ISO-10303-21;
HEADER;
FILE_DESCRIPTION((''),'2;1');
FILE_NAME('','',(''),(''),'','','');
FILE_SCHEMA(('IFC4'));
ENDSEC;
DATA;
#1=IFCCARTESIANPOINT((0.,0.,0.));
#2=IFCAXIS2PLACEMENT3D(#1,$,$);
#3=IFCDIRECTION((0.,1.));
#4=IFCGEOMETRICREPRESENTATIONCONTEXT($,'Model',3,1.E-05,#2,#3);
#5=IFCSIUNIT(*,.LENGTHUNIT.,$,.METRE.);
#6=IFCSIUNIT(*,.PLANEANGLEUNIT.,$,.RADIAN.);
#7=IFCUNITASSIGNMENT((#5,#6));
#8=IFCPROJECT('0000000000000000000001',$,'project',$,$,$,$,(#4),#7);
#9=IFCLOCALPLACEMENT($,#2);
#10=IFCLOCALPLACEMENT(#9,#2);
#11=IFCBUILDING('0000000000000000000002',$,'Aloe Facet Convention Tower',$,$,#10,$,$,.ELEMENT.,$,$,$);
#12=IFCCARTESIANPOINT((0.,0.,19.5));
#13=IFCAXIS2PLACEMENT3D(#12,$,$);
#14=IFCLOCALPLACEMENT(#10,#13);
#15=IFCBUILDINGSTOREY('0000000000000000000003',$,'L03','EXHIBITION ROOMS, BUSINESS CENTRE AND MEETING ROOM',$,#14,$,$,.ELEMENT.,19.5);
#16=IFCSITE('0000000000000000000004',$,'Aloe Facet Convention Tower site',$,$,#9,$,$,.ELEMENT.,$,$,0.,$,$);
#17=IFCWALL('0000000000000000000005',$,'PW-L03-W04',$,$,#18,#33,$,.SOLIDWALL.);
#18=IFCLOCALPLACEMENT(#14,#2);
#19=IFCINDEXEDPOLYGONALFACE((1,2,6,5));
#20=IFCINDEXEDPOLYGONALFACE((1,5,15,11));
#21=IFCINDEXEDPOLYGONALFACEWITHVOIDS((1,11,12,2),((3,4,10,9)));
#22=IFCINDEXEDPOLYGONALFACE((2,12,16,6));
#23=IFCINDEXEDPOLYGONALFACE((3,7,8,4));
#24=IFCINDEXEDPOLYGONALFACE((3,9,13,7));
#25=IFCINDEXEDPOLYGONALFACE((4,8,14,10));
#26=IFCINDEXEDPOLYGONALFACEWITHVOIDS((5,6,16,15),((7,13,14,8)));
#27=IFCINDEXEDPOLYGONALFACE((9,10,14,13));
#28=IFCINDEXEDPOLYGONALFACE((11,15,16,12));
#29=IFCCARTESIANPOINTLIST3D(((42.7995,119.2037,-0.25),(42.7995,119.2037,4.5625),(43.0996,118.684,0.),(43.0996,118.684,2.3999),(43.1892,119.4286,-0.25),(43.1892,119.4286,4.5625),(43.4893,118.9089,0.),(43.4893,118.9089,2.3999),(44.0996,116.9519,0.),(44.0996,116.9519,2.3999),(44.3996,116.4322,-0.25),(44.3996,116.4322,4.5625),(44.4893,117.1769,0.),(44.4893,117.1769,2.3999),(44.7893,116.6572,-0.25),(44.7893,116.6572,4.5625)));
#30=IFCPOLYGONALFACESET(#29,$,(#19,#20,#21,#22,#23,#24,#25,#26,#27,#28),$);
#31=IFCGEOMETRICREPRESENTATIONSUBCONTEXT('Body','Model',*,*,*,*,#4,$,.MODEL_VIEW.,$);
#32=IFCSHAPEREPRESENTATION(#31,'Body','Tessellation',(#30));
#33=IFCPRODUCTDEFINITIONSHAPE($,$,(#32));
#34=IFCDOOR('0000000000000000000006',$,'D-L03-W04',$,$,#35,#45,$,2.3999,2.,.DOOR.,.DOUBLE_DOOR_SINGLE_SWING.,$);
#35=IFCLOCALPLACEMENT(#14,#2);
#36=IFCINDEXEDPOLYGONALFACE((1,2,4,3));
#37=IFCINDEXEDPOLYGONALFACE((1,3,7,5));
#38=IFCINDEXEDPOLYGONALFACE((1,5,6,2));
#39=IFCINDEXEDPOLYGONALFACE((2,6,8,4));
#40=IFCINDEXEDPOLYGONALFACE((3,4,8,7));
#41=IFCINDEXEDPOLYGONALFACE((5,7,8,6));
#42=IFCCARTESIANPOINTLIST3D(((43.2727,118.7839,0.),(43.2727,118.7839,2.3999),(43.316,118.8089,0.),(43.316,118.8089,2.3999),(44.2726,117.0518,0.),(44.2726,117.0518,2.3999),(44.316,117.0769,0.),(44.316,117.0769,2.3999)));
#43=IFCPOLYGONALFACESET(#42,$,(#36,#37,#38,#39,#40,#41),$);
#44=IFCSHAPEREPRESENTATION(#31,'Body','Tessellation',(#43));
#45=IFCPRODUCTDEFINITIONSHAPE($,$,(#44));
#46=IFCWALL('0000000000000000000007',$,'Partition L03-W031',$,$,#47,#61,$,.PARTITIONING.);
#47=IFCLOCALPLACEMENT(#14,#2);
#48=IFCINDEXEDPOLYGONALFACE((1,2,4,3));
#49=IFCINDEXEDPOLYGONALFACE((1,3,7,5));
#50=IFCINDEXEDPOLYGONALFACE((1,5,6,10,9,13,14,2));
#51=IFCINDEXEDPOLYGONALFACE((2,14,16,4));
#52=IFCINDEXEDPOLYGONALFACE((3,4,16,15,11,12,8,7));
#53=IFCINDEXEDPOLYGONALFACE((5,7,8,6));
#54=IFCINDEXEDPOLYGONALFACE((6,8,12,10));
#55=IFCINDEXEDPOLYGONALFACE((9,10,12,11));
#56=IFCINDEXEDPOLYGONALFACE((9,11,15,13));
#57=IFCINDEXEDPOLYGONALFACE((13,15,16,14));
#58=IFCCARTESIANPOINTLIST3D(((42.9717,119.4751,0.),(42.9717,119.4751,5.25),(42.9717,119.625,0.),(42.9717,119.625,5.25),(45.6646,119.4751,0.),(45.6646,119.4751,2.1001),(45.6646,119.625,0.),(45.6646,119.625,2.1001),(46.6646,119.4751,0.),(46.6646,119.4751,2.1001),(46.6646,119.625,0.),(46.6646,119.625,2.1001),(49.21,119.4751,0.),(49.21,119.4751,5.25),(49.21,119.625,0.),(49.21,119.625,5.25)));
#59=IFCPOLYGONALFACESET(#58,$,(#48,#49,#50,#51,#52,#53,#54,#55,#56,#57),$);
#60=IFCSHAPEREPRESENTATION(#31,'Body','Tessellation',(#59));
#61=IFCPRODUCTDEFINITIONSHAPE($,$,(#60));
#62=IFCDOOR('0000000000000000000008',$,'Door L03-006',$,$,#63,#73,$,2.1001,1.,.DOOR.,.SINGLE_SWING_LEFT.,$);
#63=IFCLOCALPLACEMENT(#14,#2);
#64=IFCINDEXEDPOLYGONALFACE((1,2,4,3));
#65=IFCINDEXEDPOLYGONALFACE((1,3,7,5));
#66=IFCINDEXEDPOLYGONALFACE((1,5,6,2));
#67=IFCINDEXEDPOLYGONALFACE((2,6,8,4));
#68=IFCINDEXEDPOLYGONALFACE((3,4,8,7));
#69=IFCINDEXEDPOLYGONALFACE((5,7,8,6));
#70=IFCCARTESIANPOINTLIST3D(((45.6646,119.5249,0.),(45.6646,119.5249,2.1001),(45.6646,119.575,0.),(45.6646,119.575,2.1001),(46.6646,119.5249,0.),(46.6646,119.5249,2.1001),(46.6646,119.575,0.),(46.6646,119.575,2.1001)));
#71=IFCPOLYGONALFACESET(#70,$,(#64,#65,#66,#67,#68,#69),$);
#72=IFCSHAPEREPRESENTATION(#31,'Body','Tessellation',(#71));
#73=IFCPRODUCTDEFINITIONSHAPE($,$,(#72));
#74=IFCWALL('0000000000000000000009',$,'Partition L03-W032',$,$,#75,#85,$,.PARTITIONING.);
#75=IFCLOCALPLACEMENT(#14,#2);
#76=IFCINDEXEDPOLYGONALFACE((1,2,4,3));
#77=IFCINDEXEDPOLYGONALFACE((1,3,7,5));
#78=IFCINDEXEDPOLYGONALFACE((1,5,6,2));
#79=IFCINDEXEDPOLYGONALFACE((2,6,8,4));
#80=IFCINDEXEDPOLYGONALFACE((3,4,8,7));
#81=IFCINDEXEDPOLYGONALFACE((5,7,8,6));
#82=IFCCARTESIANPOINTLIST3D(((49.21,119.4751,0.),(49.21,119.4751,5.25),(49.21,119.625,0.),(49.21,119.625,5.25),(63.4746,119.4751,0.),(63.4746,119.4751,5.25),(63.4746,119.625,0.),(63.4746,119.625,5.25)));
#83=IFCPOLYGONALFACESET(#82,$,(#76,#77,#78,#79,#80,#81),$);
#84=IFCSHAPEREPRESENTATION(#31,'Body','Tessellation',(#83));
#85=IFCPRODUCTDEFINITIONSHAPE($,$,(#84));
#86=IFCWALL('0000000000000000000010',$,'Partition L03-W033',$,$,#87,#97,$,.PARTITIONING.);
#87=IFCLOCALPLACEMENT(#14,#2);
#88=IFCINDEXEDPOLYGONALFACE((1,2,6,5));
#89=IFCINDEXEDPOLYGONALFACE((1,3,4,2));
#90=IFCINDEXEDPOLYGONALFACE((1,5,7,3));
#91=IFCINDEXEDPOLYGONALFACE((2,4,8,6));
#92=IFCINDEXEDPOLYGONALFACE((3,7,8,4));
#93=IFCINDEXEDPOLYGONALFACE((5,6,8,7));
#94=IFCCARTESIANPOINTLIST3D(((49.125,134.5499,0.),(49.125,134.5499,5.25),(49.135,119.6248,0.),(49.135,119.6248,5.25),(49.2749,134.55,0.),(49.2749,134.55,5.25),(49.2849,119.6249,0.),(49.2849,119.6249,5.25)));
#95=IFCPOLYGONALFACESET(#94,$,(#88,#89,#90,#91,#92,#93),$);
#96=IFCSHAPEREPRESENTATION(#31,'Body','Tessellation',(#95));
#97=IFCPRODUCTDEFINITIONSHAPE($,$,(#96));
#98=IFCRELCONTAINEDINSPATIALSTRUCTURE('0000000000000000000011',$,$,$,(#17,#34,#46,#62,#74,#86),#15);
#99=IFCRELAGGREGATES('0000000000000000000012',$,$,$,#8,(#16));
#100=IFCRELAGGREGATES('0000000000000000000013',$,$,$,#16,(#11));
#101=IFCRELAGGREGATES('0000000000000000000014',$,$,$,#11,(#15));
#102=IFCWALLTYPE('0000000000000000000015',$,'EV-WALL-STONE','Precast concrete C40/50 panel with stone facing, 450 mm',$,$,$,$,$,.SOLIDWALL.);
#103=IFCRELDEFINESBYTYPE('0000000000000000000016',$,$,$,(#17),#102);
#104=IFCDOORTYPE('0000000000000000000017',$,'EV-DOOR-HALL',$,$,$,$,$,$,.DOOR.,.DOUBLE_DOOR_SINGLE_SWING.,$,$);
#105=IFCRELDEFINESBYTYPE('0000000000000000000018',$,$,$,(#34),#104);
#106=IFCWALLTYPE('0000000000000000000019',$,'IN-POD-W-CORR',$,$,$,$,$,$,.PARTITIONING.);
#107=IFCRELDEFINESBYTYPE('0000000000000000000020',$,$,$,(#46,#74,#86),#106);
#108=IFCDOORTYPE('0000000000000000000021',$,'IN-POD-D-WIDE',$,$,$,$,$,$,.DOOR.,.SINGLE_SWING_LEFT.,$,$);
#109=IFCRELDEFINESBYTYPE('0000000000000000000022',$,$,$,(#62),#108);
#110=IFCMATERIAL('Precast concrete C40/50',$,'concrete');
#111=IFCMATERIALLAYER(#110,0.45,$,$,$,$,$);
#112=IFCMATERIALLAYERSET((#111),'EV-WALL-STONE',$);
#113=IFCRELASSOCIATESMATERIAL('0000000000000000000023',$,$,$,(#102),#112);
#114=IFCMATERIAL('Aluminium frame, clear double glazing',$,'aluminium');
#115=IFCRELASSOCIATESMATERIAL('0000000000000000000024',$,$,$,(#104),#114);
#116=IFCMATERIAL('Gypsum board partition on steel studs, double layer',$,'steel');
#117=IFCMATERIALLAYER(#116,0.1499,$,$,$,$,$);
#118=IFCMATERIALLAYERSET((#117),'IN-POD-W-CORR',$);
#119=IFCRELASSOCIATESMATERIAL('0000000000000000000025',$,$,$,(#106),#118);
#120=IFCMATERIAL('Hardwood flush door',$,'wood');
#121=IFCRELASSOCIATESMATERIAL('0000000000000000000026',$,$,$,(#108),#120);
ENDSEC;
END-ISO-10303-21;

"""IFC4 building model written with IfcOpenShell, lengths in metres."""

from ifc_helpers import new_model, si_unit, direction, frame, frame_2d, origin, place, context, subcontext, project, spatial, rectangle, extrude, material, layer, layer_set, type_object, element, fill, save


model = new_model("IFC4")

# Units and contexts
model_context = context("Model", 3, precision=1e-05, world=origin(), true_north=direction((0.0, 1.0)))
body_context = subcontext(model_context, "Body", "Model", "MODEL_VIEW")
ifc_project = project(units=[si_unit("LENGTHUNIT", "METRE"), si_unit("PLANEANGLEUNIT", "RADIAN")], contexts=[model_context])

# Site, building, storey
site_placement = place(None, origin())
site = spatial("IfcSite", under=ifc_project, at=site_placement, Name="Aloe Facet Convention Tower site", CompositionType="ELEMENT", RefElevation=0.0)
building_placement = place(site_placement, origin())
building = spatial("IfcBuilding", under=site, at=building_placement, Name="Aloe Facet Convention Tower", CompositionType="ELEMENT")
storey_placement = place(building_placement, frame((0.0, 0.0, 19.5)))
storey = spatial("IfcBuildingStorey", under=building, at=storey_placement, Name="L03", Description="EXHIBITION ROOMS, BUSINESS CENTRE AND MEETING ROOM", CompositionType="ELEMENT", Elevation=19.5)

# Shared definitions
ifc_material_1 = material(Name="Precast concrete C40/50", Category="concrete")
ifc_layer_1 = layer(ifc_material_1, 0.45)
ifc_layer_set_1 = layer_set([ifc_layer_1], Name="EV-WALL-STONE")
wall_type_1 = type_object("IfcWallType", Name="EV-WALL-STONE", Description="Precast concrete C40/50 panel with stone facing, 450 mm", PredefinedType="SOLIDWALL", material=ifc_layer_set_1)

# Walls, openings, doors
wall_1_placement = place(storey_placement, frame((42.9944, 119.3162, -0.25), z_axis=(0.0, 0.0, 1.0), x_axis=(0.499995, -0.866028, 0.0)))
wall_1 = element("IfcWall", 1, at=wall_1_placement, inside=storey, type_object=wall_type_1, Name="PW-L03-W04", PredefinedType="SOLIDWALL", context=body_context, shape_type="SweptSolid", body=[
    extrude(rectangle(XDim=3.2002, YDim=0.45, at=frame_2d((1.6001, 0.0))), origin(), (0.0, 0.0, 1.0), 4.8125),
])
opening_1_placement = place(wall_1_placement, frame((0.6001, 0.0, 0.25)))
opening_1 = element("IfcOpeningElement", 2, at=opening_1_placement, cuts=wall_1, PredefinedType="OPENING", context=body_context, shape_type="SweptSolid", body=[
    extrude(rectangle(XDim=2.0, YDim=2.3999, at=frame_2d((1.0, 1.2))), frame((0.0, 0.2349, 0.0), z_axis=(0.0, -1.0, 0.0), x_axis=(1.0, 0.0, 0.0)), (0.0, 0.0, 1.0), 0.47),
])
ifc_material_2 = material(Name="Aluminium frame, clear double glazing", Category="aluminium")
door_type_1 = type_object("IfcDoorType", Name="EV-DOOR-HALL", OperationType="DOUBLE_DOOR_SINGLE_SWING", PredefinedType="DOOR", material=ifc_material_2)
door_1_placement = place(opening_1_placement, origin())
door_1 = element("IfcDoor", 3, at=door_1_placement, inside=storey, type_object=door_type_1, Name="D-L03-W04", OperationType="DOUBLE_DOOR_SINGLE_SWING", OverallHeight=2.3999, OverallWidth=2.0, PredefinedType="DOOR", context=body_context, shape_type="SweptSolid", body=[
    extrude(rectangle(XDim=2.0, YDim=2.3999, at=frame_2d((1.0, 1.2))), frame((0.0, 0.0249, 0.0), z_axis=(0.0, -1.0, 0.0), x_axis=(1.0, 0.0, 0.0)), (0.0, 0.0, 1.0), 0.05),
])
fill(opening_1, door_1)
ifc_material_3 = material(Name="Gypsum board partition on steel studs, double layer", Category="steel")
ifc_layer_2 = layer(ifc_material_3, 0.1499)
ifc_layer_set_2 = layer_set([ifc_layer_2], Name="IN-POD-W-CORR")
wall_type_2 = type_object("IfcWallType", Name="IN-POD-W-CORR", PredefinedType="PARTITIONING", material=ifc_layer_set_2)
wall_2_placement = place(storey_placement, frame((42.9717, 119.55, 0.0), z_axis=(0.0, 0.0, 1.0), x_axis=(1.0, 0.0, 0.0)))
wall_2 = element("IfcWall", 4, at=wall_2_placement, inside=storey, type_object=wall_type_2, Name="Partition L03-W031", PredefinedType="PARTITIONING", context=body_context, shape_type="SweptSolid", body=[
    extrude(rectangle(XDim=6.2383, YDim=0.1499, at=frame_2d((3.1191, 0.0))), origin(), (0.0, 0.0, 1.0), 5.25),
])
opening_2_placement = place(wall_2_placement, frame((2.6929, 0.0, 0.0)))
opening_2 = element("IfcOpeningElement", 5, at=opening_2_placement, cuts=wall_2, PredefinedType="OPENING", context=body_context, shape_type="SweptSolid", body=[
    extrude(rectangle(XDim=1.0, YDim=2.1001, at=frame_2d((0.5, 1.05))), frame((0.0, 0.085, 0.0), z_axis=(0.0, -1.0, 0.0), x_axis=(1.0, 0.0, 0.0)), (0.0, 0.0, 1.0), 0.1699),
])
ifc_material_4 = material(Name="Hardwood flush door", Category="wood")
door_type_2 = type_object("IfcDoorType", Name="IN-POD-D-WIDE", OperationType="SINGLE_SWING_LEFT", PredefinedType="DOOR", material=ifc_material_4)
door_2_placement = place(opening_2_placement, origin())
door_2 = element("IfcDoor", 6, at=door_2_placement, inside=storey, type_object=door_type_2, Name="Door L03-006", OperationType="SINGLE_SWING_LEFT", OverallHeight=2.1001, OverallWidth=1.0, PredefinedType="DOOR", context=body_context, shape_type="SweptSolid", body=[
    extrude(rectangle(XDim=1.0, YDim=2.1001, at=frame_2d((0.5, 1.05))), frame((0.0, 0.0249, 0.0), z_axis=(0.0, -1.0, 0.0), x_axis=(1.0, 0.0, 0.0)), (0.0, 0.0, 1.0), 0.05),
])
fill(opening_2, door_2)

# Walls
wall_3_placement = place(storey_placement, frame((49.21, 119.55, 0.0), z_axis=(0.0, 0.0, 1.0), x_axis=(1.0, 0.0, 0.0)))
element("IfcWall", 7, at=wall_3_placement, inside=storey, type_object=wall_type_2, Name="Partition L03-W032", PredefinedType="PARTITIONING", context=body_context, shape_type="SweptSolid", body=[
    extrude(rectangle(XDim=14.2646, YDim=0.1499, at=frame_2d((7.1323, 0.0))), origin(), (0.0, 0.0, 1.0), 5.25),
])
wall_4_placement = place(storey_placement, frame((49.21, 119.625, 0.0), z_axis=(0.0, 0.0, 1.0), x_axis=(-0.000671, 1.0, 0.0)))
element("IfcWall", 8, at=wall_4_placement, inside=storey, type_object=wall_type_2, Name="Partition L03-W033", PredefinedType="PARTITIONING", context=body_context, shape_type="SweptSolid", body=[
    extrude(rectangle(XDim=14.925, YDim=0.1499, at=frame_2d((7.4624, 0.0))), origin(), (0.0, 0.0, 1.0), 5.25),
])

save(model, "model.ifc")
